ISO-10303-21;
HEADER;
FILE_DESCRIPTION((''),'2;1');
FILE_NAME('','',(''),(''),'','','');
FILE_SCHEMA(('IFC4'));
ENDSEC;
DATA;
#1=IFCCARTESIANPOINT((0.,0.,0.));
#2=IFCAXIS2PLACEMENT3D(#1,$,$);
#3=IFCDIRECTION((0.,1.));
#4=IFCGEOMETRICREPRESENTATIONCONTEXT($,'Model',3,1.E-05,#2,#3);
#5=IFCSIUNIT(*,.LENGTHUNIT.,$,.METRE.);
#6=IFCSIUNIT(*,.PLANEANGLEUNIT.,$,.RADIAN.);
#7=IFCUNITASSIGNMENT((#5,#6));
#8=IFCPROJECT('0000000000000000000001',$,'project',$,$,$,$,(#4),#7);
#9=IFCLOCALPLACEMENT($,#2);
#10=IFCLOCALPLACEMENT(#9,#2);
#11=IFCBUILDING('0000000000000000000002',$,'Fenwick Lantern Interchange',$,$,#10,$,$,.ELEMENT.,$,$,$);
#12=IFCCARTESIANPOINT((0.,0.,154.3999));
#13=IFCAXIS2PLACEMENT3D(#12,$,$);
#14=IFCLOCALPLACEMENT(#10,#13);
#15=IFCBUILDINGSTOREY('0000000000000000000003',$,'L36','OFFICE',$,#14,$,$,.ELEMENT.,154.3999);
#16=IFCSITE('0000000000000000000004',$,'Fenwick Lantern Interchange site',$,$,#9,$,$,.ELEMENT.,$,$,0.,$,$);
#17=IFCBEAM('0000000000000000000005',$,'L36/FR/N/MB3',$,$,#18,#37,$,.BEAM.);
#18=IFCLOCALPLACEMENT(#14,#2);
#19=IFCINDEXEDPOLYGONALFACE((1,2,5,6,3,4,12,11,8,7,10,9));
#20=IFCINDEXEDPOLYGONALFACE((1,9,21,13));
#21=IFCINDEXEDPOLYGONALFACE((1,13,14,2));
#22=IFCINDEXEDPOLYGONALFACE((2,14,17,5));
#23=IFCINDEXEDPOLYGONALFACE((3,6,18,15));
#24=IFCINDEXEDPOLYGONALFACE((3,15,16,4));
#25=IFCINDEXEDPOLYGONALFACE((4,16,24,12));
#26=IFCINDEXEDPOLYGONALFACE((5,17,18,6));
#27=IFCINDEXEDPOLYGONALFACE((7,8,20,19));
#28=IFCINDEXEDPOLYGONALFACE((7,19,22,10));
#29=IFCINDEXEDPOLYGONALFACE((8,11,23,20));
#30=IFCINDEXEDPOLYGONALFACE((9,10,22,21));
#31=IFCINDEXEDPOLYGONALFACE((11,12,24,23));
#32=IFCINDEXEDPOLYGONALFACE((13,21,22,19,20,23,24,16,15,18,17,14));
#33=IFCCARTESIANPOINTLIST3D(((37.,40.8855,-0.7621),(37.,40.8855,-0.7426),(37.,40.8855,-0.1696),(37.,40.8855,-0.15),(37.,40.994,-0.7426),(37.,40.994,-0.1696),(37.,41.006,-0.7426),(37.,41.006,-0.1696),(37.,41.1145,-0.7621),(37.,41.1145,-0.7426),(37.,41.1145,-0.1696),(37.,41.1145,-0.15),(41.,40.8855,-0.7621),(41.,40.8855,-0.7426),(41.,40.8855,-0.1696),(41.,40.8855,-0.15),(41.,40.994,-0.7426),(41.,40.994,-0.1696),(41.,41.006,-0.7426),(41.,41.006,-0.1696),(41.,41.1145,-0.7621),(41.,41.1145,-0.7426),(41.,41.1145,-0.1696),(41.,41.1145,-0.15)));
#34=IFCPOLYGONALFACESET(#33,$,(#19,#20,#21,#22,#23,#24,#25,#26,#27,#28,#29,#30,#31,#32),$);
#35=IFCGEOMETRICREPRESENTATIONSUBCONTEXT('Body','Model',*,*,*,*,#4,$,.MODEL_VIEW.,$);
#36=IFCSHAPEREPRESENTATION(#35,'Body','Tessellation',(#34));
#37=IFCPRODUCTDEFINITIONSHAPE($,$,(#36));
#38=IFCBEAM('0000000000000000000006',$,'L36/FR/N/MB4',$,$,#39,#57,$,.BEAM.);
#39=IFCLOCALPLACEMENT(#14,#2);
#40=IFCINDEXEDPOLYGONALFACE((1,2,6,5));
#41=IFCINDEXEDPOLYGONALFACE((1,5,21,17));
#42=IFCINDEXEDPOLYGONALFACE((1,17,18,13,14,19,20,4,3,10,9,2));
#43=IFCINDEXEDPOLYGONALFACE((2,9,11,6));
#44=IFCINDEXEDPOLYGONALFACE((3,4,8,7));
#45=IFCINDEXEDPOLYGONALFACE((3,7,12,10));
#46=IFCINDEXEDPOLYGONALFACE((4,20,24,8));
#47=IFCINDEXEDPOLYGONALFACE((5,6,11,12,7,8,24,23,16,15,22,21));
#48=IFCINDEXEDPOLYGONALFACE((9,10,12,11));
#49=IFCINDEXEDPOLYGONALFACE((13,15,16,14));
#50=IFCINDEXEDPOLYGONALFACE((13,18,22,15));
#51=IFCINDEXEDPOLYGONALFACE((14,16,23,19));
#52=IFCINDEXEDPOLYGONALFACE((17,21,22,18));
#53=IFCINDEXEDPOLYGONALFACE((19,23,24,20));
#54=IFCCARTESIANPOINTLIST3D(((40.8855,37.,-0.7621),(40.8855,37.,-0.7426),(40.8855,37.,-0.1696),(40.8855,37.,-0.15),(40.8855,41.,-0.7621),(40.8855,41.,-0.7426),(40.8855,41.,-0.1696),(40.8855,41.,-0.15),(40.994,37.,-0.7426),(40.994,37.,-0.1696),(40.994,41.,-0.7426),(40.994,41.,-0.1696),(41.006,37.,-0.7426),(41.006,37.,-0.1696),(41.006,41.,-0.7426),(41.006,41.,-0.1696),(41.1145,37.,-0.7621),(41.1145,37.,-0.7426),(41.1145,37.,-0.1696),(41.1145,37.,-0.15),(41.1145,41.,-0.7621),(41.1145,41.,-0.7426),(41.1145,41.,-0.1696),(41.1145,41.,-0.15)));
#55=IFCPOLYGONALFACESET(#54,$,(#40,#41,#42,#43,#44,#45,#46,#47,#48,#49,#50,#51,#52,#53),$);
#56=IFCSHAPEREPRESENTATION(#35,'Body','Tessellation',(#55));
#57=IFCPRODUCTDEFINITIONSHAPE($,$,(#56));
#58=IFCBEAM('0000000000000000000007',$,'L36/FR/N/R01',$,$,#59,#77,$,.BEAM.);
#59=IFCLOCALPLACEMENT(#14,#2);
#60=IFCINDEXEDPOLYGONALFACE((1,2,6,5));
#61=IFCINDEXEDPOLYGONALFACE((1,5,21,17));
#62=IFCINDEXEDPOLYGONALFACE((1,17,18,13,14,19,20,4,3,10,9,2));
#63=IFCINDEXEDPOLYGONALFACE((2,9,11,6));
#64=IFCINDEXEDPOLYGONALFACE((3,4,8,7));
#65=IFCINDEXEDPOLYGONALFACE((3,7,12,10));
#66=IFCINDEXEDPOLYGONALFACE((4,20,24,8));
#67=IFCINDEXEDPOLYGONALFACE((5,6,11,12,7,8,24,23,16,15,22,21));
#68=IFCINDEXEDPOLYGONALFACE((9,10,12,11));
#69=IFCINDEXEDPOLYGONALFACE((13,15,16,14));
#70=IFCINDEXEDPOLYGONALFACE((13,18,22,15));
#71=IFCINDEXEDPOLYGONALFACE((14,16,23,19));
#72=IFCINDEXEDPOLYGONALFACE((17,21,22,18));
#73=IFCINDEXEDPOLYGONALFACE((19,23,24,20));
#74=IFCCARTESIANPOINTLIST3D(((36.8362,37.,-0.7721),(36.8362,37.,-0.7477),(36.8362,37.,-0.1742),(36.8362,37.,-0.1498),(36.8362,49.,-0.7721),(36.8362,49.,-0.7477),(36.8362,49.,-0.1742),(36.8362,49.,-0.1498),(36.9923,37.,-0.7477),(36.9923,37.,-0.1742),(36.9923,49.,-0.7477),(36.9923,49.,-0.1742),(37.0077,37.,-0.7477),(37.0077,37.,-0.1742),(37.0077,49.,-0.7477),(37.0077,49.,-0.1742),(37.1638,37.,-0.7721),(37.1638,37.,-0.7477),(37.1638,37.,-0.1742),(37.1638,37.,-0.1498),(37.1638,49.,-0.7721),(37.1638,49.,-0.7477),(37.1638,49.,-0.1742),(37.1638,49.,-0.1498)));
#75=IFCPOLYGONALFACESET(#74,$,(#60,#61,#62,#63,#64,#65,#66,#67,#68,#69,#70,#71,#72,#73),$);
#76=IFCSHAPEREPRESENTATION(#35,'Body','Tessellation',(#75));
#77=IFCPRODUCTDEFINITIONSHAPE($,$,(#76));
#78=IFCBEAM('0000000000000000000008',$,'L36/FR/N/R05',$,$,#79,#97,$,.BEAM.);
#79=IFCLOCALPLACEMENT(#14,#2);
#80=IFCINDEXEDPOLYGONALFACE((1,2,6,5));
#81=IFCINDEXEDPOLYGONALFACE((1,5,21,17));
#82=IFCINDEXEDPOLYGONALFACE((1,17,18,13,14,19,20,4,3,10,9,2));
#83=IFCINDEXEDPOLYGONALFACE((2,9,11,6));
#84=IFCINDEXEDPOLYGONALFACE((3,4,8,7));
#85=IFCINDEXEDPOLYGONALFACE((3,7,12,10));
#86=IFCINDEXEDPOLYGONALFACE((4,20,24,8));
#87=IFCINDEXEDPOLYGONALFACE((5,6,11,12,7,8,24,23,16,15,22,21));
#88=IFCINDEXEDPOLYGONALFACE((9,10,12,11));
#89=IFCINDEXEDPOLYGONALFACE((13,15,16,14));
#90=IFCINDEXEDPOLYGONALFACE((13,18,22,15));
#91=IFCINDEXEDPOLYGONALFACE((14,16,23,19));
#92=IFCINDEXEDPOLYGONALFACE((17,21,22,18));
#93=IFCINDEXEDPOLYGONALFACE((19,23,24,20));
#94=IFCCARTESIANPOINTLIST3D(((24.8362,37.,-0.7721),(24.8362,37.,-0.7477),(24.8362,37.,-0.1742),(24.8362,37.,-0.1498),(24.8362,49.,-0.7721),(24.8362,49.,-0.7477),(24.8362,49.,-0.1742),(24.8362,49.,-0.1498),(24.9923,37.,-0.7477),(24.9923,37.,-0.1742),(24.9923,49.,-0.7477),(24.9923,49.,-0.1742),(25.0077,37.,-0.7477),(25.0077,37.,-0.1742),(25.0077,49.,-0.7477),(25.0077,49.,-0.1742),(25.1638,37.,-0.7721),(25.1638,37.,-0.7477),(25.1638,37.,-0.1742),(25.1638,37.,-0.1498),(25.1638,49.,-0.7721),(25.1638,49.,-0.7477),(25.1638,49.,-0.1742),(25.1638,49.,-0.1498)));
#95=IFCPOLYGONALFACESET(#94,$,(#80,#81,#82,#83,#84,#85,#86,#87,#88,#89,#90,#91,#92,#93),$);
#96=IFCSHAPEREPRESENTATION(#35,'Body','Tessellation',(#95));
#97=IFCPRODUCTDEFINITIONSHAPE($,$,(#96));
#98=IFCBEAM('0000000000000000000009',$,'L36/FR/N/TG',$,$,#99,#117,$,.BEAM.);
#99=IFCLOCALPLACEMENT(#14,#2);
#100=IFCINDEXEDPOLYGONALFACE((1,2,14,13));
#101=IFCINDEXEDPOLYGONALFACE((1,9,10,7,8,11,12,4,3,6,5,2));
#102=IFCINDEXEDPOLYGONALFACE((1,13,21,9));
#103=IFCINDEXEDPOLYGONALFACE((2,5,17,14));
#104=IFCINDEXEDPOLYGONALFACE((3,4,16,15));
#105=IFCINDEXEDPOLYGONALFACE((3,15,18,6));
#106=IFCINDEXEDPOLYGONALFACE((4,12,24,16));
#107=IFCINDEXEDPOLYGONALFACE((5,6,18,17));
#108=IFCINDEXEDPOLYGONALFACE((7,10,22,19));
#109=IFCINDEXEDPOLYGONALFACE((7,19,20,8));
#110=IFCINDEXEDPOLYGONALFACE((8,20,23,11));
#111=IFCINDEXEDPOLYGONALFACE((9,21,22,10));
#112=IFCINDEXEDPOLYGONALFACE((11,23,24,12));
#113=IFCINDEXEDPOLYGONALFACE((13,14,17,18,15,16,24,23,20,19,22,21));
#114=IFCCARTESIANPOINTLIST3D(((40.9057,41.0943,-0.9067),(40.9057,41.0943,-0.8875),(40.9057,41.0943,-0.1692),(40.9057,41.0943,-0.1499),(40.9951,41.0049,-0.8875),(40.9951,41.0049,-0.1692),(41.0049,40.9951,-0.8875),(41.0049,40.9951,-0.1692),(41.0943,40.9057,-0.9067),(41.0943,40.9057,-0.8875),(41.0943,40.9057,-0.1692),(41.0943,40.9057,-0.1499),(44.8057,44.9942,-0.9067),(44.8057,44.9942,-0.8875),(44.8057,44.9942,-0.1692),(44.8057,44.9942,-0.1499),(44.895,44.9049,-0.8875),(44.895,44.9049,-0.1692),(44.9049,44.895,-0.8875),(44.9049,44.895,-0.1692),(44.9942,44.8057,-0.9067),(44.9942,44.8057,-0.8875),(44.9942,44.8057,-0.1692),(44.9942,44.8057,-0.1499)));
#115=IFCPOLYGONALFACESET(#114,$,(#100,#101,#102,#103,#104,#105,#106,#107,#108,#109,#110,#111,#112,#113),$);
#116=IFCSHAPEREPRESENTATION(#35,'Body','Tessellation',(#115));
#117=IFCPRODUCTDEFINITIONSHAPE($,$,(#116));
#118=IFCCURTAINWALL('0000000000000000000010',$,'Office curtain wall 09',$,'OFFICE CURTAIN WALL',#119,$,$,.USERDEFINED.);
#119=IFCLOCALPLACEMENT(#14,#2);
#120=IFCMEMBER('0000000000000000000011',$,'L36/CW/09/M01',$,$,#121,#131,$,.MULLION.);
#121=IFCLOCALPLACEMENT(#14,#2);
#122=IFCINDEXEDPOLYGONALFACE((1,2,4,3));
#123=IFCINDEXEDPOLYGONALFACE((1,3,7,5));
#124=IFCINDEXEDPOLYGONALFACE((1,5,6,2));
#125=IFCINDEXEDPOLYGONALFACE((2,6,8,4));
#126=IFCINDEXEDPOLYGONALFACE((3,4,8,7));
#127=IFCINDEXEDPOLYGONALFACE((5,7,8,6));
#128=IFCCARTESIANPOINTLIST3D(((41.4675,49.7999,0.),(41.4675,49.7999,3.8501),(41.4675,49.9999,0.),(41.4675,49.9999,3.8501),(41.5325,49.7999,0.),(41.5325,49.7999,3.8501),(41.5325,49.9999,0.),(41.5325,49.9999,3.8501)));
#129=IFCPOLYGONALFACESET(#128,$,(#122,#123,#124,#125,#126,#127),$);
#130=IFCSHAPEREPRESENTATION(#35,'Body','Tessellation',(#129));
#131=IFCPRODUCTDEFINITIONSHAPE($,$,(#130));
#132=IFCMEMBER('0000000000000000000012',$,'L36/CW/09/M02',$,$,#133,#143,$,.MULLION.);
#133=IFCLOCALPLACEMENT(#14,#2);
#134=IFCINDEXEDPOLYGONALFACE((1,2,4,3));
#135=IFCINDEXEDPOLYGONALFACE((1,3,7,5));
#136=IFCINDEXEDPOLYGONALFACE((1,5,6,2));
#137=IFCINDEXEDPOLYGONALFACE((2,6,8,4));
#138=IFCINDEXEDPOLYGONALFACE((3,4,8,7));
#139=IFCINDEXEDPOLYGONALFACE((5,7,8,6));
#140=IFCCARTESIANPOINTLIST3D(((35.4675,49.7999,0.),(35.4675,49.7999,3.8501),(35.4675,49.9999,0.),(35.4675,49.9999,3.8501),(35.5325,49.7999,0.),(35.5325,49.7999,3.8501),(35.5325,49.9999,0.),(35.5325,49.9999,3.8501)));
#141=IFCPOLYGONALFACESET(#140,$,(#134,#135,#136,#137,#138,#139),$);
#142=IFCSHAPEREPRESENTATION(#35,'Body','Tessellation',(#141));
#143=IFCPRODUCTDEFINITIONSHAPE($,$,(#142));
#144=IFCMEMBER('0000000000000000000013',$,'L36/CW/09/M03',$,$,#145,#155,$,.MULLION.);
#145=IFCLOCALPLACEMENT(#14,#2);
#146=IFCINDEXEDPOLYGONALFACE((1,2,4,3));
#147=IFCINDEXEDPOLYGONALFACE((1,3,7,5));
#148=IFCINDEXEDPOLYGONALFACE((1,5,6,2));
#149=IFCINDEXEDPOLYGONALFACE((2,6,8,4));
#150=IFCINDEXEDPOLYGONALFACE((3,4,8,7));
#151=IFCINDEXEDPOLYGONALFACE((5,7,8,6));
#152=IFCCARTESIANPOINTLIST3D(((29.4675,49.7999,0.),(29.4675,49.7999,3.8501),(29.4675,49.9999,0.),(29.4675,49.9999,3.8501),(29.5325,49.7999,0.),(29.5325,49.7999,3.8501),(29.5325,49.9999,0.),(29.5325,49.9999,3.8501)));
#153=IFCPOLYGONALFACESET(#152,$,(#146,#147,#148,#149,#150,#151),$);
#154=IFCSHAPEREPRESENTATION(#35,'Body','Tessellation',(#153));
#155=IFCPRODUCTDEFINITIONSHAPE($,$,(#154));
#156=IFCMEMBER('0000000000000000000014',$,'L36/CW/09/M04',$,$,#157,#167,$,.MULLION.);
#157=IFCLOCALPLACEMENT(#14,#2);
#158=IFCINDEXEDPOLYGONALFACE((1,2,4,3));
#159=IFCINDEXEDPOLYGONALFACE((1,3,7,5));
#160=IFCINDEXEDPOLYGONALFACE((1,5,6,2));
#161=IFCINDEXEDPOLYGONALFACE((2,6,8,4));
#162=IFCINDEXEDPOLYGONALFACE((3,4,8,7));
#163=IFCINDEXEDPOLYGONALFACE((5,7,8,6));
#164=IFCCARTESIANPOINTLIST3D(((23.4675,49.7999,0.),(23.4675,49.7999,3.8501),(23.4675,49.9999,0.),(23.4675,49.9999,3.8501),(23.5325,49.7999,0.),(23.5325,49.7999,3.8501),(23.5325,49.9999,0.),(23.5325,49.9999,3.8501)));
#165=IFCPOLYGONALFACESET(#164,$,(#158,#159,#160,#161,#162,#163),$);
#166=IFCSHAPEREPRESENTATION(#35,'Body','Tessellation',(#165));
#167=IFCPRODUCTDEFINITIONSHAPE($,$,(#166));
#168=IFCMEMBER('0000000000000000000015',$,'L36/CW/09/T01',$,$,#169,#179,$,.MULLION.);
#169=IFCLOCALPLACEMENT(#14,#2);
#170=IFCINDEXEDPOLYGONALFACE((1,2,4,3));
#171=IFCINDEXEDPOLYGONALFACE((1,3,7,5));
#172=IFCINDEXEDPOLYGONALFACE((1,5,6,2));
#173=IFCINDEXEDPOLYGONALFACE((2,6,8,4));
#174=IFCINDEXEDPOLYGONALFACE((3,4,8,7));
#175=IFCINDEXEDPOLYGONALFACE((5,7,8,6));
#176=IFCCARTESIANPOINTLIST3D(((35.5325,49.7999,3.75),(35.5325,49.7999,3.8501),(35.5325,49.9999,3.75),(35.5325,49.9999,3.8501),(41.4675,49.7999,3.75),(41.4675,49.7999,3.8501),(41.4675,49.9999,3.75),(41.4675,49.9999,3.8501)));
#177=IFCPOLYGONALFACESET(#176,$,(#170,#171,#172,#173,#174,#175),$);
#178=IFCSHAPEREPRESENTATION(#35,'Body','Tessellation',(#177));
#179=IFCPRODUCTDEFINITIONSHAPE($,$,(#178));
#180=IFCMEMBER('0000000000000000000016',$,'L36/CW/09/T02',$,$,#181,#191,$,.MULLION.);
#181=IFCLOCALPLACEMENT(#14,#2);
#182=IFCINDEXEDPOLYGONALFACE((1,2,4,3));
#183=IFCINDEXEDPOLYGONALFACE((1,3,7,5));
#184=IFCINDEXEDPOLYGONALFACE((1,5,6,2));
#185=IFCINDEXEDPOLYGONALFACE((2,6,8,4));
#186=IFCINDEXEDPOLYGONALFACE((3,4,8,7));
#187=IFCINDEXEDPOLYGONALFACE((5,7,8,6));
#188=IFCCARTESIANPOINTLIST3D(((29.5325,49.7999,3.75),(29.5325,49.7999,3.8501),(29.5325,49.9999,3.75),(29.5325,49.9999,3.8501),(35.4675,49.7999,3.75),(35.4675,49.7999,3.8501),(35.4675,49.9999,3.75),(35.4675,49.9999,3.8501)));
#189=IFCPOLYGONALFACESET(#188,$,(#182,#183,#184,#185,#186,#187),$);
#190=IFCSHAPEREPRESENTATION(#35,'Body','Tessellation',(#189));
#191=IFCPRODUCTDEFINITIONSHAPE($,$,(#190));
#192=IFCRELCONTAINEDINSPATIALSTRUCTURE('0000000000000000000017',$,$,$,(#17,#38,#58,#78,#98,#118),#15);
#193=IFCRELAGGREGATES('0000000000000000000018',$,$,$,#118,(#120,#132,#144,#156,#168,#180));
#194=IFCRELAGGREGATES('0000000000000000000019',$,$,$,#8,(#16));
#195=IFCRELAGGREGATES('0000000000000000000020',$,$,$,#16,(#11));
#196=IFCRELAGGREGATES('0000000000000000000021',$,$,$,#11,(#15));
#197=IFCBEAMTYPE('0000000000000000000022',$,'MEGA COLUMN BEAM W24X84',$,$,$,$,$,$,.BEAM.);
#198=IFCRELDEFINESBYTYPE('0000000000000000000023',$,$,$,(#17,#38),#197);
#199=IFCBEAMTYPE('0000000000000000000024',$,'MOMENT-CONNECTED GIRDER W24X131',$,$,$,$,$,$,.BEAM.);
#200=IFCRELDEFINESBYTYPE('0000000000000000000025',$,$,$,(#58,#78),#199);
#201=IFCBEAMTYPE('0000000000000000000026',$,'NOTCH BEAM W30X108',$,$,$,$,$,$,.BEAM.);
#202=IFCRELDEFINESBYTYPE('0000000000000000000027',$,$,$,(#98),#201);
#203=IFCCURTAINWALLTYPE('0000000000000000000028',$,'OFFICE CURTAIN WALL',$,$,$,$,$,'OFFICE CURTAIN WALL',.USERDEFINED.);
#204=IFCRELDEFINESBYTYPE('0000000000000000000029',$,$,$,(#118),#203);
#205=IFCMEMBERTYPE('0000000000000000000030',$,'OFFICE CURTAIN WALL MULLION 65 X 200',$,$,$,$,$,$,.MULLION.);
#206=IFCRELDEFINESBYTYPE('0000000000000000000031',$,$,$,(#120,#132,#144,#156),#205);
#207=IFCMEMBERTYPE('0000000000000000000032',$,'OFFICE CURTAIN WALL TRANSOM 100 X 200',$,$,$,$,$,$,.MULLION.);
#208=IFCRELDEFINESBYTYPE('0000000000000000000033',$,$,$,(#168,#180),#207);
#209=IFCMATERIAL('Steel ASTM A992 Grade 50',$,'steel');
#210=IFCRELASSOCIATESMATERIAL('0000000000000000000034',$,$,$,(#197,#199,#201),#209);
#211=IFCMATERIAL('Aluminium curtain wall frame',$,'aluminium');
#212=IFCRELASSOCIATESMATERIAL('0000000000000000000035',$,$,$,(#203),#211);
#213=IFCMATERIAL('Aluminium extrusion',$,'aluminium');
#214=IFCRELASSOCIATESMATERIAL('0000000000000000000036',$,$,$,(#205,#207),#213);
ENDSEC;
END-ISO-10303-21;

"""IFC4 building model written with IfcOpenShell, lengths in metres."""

from ifc_helpers import new_model, si_unit, direction, frame, origin, origin_2d, place, context, subcontext, project, spatial, rectangle, i_section, extrude, material, material_profile, profile_set, type_object, element, aggregate, save


model = new_model("IFC4")

# Units and contexts
model_context = context("Model", 3, precision=1e-05, world=origin(), true_north=direction((0.0, 1.0)))
body_context = subcontext(model_context, "Body", "Model", "MODEL_VIEW")
ifc_project = project(units=[si_unit("LENGTHUNIT", "METRE"), si_unit("PLANEANGLEUNIT", "RADIAN")], contexts=[model_context])

# Site, building, storey
site_placement = place(None, origin())
site = spatial("IfcSite", under=ifc_project, at=site_placement, Name="Fenwick Lantern Interchange site", CompositionType="ELEMENT", RefElevation=0.0)
building_placement = place(site_placement, origin())
building = spatial("IfcBuilding", under=site, at=building_placement, Name="Fenwick Lantern Interchange", CompositionType="ELEMENT")
storey_placement = place(building_placement, frame((0.0, 0.0, 154.3999)))
storey = spatial("IfcBuildingStorey", under=building, at=storey_placement, Name="L36", Description="OFFICE", CompositionType="ELEMENT", Elevation=154.3999)

# Beams
ifc_material_1 = material(Name="Steel ASTM A992 Grade 50", Category="steel")
ifc_material_profile_1 = material_profile(ifc_material_1, i_section(OverallWidth=0.229, OverallDepth=0.6121, WebThickness=0.012, FlangeThickness=0.0195, at=origin_2d()), Name="W24X84")
ifc_profile_set_1 = profile_set([ifc_material_profile_1], Name="Steel ASTM A992 Grade 50")
beam_type_1 = type_object("IfcBeamType", Name="MEGA COLUMN BEAM W24X84", PredefinedType="BEAM", material=ifc_profile_set_1)
for number, where, z_axis, x_axis, name in (
    (1, (41.0, 41.0, -0.4561), (-1.0, 0.0, 0.0), (0.0, -1.0, 0.0), "L36/FR/N/MB3"),
    (2, (41.0, 41.0, -0.4561), (0.0, -1.0, 0.0), (1.0, 0.0, 0.0), "L36/FR/N/MB4"),
):
    element("IfcBeam", number, at=place(storey_placement, frame(where, z_axis=z_axis, x_axis=x_axis)), inside=storey, type_object=beam_type_1, Name=name, PredefinedType="BEAM", context=body_context, shape_type="SweptSolid", body=[
        extrude(i_section(OverallWidth=0.229, OverallDepth=0.6121, WebThickness=0.012, FlangeThickness=0.0195, at=origin_2d()), origin(), (0.0, 0.0, 1.0), 4.0),
    ])
ifc_material_profile_2 = material_profile(ifc_material_1, i_section(OverallWidth=0.3276, OverallDepth=0.6223, WebThickness=0.0154, FlangeThickness=0.0244, at=origin_2d()), Name="W24X131")
ifc_profile_set_2 = profile_set([ifc_material_profile_2], Name="Steel ASTM A992 Grade 50")
beam_type_2 = type_object("IfcBeamType", Name="MOMENT-CONNECTED GIRDER W24X131", PredefinedType="BEAM", material=ifc_profile_set_2)
for number, where, z_axis, x_axis, name in (
    (3, (37.0, 49.0, -0.4609), (0.0, -1.0, 0.0), (1.0, 0.0, 0.0), "L36/FR/N/R01"),
    (4, (25.0, 49.0, -0.4609), (0.0, -1.0, 0.0), (1.0, 0.0, 0.0), "L36/FR/N/R05"),
):
    element("IfcBeam", number, at=place(storey_placement, frame(where, z_axis=z_axis, x_axis=x_axis)), inside=storey, type_object=beam_type_2, Name=name, PredefinedType="BEAM", context=body_context, shape_type="SweptSolid", body=[
        extrude(i_section(OverallWidth=0.3276, OverallDepth=0.6223, WebThickness=0.0154, FlangeThickness=0.0244, at=origin_2d()), origin(), (0.0, 0.0, 1.0), 12.0),
    ])
ifc_material_profile_3 = material_profile(ifc_material_1, i_section(OverallWidth=0.2666, OverallDepth=0.7568, WebThickness=0.0139, FlangeThickness=0.0193, at=origin_2d()), Name="W30X108")
ifc_profile_set_3 = profile_set([ifc_material_profile_3], Name="Steel ASTM A992 Grade 50")
beam_type_3 = type_object("IfcBeamType", Name="NOTCH BEAM W30X108", PredefinedType="BEAM", material=ifc_profile_set_3)
beam_1_placement = place(storey_placement, frame((41.0, 41.0, -0.5283), z_axis=(0.707107, 0.707107, 0.0), x_axis=(-0.707107, 0.707107, 0.0)))
element("IfcBeam", 5, at=beam_1_placement, inside=storey, type_object=beam_type_3, Name="L36/FR/N/TG", PredefinedType="BEAM", context=body_context, shape_type="SweptSolid", body=[
    extrude(i_section(OverallWidth=0.2666, OverallDepth=0.7568, WebThickness=0.0139, FlangeThickness=0.0193, at=origin_2d()), origin(), (0.0, 0.0, 1.0), 5.5154),
])

# Curtain wall, members
ifc_material_2 = material(Name="Aluminium curtain wall frame", Category="aluminium")
curtain_wall_type = type_object("IfcCurtainWallType", Name="OFFICE CURTAIN WALL", ElementType="OFFICE CURTAIN WALL", PredefinedType="USERDEFINED", material=ifc_material_2)
curtain_wall_placement = place(storey_placement, origin())
curtain_wall = element("IfcCurtainWall", 6, at=curtain_wall_placement, inside=storey, type_object=curtain_wall_type, Name="Office curtain wall 09", ObjectType="OFFICE CURTAIN WALL", PredefinedType="USERDEFINED")
ifc_material_3 = material(Name="Aluminium extrusion", Category="aluminium")
ifc_material_profile_4 = material_profile(ifc_material_3, rectangle(XDim=0.2, YDim=0.0649, at=origin_2d()), Name="OFFICE CURTAIN WALL MULLION 65 X 200")
ifc_profile_set_4 = profile_set([ifc_material_profile_4], Name="Aluminium extrusion")
member_type_1 = type_object("IfcMemberType", Name="OFFICE CURTAIN WALL MULLION 65 X 200", PredefinedType="MULLION", material=ifc_profile_set_4)
member_1_placement = place(storey_placement, frame((41.5, 49.8999, 0.0), z_axis=(0.0, 0.0, 1.0), x_axis=(0.0, -1.0, 0.0)))
member_1 = element("IfcMember", 7, at=member_1_placement, type_object=member_type_1, Name="L36/CW/09/M01", PredefinedType="MULLION", context=body_context, shape_type="SweptSolid", body=[
    extrude(rectangle(XDim=0.2, YDim=0.0649, at=origin_2d()), origin(), (0.0, 0.0, 1.0), 3.8501),
])
member_2_placement = place(storey_placement, frame((35.5, 49.8999, 0.0), z_axis=(0.0, 0.0, 1.0), x_axis=(0.0, -1.0, 0.0)))
member_2 = element("IfcMember", 8, at=member_2_placement, type_object=member_type_1, Name="L36/CW/09/M02", PredefinedType="MULLION", context=body_context, shape_type="SweptSolid", body=[
    extrude(rectangle(XDim=0.2, YDim=0.0649, at=origin_2d()), origin(), (0.0, 0.0, 1.0), 3.8501),
])
member_3_placement = place(storey_placement, frame((29.5, 49.8999, 0.0), z_axis=(0.0, 0.0, 1.0), x_axis=(0.0, -1.0, 0.0)))
member_3 = element("IfcMember", 9, at=member_3_placement, type_object=member_type_1, Name="L36/CW/09/M03", PredefinedType="MULLION", context=body_context, shape_type="SweptSolid", body=[
    extrude(rectangle(XDim=0.2, YDim=0.0649, at=origin_2d()), origin(), (0.0, 0.0, 1.0), 3.8501),
])
member_4_placement = place(storey_placement, frame((23.5, 49.8999, 0.0), z_axis=(0.0, 0.0, 1.0), x_axis=(0.0, -1.0, 0.0)))
member_4 = element("IfcMember", 10, at=member_4_placement, type_object=member_type_1, Name="L36/CW/09/M04", PredefinedType="MULLION", context=body_context, shape_type="SweptSolid", body=[
    extrude(rectangle(XDim=0.2, YDim=0.0649, at=origin_2d()), origin(), (0.0, 0.0, 1.0), 3.8501),
])
ifc_material_profile_5 = material_profile(ifc_material_3, rectangle(XDim=0.2, YDim=0.1001, at=origin_2d()), Name="OFFICE CURTAIN WALL TRANSOM 100 X 200")
ifc_profile_set_5 = profile_set([ifc_material_profile_5], Name="Aluminium extrusion")
member_type_2 = type_object("IfcMemberType", Name="OFFICE CURTAIN WALL TRANSOM 100 X 200", PredefinedType="MULLION", material=ifc_profile_set_5)
member_5_placement = place(storey_placement, frame((41.4675, 49.8999, 3.8), z_axis=(-1.0, 0.0, 0.0), x_axis=(0.0, -1.0, 0.0)))
member_5 = element("IfcMember", 11, at=member_5_placement, type_object=member_type_2, Name="L36/CW/09/T01", PredefinedType="MULLION", context=body_context, shape_type="SweptSolid", body=[
    extrude(rectangle(XDim=0.2, YDim=0.1001, at=origin_2d()), origin(), (0.0, 0.0, 1.0), 5.9351),
])
member_6_placement = place(storey_placement, frame((35.4675, 49.8999, 3.8), z_axis=(-1.0, 0.0, 0.0), x_axis=(0.0, -1.0, 0.0)))
member_6 = element("IfcMember", 12, at=member_6_placement, type_object=member_type_2, Name="L36/CW/09/T02", PredefinedType="MULLION", context=body_context, shape_type="SweptSolid", body=[
    extrude(rectangle(XDim=0.2, YDim=0.1001, at=origin_2d()), origin(), (0.0, 0.0, 1.0), 5.9351),
])
aggregate(curtain_wall, [member_1, member_2, member_3, member_4, member_5, member_6])

save(model, "model.ifc")
